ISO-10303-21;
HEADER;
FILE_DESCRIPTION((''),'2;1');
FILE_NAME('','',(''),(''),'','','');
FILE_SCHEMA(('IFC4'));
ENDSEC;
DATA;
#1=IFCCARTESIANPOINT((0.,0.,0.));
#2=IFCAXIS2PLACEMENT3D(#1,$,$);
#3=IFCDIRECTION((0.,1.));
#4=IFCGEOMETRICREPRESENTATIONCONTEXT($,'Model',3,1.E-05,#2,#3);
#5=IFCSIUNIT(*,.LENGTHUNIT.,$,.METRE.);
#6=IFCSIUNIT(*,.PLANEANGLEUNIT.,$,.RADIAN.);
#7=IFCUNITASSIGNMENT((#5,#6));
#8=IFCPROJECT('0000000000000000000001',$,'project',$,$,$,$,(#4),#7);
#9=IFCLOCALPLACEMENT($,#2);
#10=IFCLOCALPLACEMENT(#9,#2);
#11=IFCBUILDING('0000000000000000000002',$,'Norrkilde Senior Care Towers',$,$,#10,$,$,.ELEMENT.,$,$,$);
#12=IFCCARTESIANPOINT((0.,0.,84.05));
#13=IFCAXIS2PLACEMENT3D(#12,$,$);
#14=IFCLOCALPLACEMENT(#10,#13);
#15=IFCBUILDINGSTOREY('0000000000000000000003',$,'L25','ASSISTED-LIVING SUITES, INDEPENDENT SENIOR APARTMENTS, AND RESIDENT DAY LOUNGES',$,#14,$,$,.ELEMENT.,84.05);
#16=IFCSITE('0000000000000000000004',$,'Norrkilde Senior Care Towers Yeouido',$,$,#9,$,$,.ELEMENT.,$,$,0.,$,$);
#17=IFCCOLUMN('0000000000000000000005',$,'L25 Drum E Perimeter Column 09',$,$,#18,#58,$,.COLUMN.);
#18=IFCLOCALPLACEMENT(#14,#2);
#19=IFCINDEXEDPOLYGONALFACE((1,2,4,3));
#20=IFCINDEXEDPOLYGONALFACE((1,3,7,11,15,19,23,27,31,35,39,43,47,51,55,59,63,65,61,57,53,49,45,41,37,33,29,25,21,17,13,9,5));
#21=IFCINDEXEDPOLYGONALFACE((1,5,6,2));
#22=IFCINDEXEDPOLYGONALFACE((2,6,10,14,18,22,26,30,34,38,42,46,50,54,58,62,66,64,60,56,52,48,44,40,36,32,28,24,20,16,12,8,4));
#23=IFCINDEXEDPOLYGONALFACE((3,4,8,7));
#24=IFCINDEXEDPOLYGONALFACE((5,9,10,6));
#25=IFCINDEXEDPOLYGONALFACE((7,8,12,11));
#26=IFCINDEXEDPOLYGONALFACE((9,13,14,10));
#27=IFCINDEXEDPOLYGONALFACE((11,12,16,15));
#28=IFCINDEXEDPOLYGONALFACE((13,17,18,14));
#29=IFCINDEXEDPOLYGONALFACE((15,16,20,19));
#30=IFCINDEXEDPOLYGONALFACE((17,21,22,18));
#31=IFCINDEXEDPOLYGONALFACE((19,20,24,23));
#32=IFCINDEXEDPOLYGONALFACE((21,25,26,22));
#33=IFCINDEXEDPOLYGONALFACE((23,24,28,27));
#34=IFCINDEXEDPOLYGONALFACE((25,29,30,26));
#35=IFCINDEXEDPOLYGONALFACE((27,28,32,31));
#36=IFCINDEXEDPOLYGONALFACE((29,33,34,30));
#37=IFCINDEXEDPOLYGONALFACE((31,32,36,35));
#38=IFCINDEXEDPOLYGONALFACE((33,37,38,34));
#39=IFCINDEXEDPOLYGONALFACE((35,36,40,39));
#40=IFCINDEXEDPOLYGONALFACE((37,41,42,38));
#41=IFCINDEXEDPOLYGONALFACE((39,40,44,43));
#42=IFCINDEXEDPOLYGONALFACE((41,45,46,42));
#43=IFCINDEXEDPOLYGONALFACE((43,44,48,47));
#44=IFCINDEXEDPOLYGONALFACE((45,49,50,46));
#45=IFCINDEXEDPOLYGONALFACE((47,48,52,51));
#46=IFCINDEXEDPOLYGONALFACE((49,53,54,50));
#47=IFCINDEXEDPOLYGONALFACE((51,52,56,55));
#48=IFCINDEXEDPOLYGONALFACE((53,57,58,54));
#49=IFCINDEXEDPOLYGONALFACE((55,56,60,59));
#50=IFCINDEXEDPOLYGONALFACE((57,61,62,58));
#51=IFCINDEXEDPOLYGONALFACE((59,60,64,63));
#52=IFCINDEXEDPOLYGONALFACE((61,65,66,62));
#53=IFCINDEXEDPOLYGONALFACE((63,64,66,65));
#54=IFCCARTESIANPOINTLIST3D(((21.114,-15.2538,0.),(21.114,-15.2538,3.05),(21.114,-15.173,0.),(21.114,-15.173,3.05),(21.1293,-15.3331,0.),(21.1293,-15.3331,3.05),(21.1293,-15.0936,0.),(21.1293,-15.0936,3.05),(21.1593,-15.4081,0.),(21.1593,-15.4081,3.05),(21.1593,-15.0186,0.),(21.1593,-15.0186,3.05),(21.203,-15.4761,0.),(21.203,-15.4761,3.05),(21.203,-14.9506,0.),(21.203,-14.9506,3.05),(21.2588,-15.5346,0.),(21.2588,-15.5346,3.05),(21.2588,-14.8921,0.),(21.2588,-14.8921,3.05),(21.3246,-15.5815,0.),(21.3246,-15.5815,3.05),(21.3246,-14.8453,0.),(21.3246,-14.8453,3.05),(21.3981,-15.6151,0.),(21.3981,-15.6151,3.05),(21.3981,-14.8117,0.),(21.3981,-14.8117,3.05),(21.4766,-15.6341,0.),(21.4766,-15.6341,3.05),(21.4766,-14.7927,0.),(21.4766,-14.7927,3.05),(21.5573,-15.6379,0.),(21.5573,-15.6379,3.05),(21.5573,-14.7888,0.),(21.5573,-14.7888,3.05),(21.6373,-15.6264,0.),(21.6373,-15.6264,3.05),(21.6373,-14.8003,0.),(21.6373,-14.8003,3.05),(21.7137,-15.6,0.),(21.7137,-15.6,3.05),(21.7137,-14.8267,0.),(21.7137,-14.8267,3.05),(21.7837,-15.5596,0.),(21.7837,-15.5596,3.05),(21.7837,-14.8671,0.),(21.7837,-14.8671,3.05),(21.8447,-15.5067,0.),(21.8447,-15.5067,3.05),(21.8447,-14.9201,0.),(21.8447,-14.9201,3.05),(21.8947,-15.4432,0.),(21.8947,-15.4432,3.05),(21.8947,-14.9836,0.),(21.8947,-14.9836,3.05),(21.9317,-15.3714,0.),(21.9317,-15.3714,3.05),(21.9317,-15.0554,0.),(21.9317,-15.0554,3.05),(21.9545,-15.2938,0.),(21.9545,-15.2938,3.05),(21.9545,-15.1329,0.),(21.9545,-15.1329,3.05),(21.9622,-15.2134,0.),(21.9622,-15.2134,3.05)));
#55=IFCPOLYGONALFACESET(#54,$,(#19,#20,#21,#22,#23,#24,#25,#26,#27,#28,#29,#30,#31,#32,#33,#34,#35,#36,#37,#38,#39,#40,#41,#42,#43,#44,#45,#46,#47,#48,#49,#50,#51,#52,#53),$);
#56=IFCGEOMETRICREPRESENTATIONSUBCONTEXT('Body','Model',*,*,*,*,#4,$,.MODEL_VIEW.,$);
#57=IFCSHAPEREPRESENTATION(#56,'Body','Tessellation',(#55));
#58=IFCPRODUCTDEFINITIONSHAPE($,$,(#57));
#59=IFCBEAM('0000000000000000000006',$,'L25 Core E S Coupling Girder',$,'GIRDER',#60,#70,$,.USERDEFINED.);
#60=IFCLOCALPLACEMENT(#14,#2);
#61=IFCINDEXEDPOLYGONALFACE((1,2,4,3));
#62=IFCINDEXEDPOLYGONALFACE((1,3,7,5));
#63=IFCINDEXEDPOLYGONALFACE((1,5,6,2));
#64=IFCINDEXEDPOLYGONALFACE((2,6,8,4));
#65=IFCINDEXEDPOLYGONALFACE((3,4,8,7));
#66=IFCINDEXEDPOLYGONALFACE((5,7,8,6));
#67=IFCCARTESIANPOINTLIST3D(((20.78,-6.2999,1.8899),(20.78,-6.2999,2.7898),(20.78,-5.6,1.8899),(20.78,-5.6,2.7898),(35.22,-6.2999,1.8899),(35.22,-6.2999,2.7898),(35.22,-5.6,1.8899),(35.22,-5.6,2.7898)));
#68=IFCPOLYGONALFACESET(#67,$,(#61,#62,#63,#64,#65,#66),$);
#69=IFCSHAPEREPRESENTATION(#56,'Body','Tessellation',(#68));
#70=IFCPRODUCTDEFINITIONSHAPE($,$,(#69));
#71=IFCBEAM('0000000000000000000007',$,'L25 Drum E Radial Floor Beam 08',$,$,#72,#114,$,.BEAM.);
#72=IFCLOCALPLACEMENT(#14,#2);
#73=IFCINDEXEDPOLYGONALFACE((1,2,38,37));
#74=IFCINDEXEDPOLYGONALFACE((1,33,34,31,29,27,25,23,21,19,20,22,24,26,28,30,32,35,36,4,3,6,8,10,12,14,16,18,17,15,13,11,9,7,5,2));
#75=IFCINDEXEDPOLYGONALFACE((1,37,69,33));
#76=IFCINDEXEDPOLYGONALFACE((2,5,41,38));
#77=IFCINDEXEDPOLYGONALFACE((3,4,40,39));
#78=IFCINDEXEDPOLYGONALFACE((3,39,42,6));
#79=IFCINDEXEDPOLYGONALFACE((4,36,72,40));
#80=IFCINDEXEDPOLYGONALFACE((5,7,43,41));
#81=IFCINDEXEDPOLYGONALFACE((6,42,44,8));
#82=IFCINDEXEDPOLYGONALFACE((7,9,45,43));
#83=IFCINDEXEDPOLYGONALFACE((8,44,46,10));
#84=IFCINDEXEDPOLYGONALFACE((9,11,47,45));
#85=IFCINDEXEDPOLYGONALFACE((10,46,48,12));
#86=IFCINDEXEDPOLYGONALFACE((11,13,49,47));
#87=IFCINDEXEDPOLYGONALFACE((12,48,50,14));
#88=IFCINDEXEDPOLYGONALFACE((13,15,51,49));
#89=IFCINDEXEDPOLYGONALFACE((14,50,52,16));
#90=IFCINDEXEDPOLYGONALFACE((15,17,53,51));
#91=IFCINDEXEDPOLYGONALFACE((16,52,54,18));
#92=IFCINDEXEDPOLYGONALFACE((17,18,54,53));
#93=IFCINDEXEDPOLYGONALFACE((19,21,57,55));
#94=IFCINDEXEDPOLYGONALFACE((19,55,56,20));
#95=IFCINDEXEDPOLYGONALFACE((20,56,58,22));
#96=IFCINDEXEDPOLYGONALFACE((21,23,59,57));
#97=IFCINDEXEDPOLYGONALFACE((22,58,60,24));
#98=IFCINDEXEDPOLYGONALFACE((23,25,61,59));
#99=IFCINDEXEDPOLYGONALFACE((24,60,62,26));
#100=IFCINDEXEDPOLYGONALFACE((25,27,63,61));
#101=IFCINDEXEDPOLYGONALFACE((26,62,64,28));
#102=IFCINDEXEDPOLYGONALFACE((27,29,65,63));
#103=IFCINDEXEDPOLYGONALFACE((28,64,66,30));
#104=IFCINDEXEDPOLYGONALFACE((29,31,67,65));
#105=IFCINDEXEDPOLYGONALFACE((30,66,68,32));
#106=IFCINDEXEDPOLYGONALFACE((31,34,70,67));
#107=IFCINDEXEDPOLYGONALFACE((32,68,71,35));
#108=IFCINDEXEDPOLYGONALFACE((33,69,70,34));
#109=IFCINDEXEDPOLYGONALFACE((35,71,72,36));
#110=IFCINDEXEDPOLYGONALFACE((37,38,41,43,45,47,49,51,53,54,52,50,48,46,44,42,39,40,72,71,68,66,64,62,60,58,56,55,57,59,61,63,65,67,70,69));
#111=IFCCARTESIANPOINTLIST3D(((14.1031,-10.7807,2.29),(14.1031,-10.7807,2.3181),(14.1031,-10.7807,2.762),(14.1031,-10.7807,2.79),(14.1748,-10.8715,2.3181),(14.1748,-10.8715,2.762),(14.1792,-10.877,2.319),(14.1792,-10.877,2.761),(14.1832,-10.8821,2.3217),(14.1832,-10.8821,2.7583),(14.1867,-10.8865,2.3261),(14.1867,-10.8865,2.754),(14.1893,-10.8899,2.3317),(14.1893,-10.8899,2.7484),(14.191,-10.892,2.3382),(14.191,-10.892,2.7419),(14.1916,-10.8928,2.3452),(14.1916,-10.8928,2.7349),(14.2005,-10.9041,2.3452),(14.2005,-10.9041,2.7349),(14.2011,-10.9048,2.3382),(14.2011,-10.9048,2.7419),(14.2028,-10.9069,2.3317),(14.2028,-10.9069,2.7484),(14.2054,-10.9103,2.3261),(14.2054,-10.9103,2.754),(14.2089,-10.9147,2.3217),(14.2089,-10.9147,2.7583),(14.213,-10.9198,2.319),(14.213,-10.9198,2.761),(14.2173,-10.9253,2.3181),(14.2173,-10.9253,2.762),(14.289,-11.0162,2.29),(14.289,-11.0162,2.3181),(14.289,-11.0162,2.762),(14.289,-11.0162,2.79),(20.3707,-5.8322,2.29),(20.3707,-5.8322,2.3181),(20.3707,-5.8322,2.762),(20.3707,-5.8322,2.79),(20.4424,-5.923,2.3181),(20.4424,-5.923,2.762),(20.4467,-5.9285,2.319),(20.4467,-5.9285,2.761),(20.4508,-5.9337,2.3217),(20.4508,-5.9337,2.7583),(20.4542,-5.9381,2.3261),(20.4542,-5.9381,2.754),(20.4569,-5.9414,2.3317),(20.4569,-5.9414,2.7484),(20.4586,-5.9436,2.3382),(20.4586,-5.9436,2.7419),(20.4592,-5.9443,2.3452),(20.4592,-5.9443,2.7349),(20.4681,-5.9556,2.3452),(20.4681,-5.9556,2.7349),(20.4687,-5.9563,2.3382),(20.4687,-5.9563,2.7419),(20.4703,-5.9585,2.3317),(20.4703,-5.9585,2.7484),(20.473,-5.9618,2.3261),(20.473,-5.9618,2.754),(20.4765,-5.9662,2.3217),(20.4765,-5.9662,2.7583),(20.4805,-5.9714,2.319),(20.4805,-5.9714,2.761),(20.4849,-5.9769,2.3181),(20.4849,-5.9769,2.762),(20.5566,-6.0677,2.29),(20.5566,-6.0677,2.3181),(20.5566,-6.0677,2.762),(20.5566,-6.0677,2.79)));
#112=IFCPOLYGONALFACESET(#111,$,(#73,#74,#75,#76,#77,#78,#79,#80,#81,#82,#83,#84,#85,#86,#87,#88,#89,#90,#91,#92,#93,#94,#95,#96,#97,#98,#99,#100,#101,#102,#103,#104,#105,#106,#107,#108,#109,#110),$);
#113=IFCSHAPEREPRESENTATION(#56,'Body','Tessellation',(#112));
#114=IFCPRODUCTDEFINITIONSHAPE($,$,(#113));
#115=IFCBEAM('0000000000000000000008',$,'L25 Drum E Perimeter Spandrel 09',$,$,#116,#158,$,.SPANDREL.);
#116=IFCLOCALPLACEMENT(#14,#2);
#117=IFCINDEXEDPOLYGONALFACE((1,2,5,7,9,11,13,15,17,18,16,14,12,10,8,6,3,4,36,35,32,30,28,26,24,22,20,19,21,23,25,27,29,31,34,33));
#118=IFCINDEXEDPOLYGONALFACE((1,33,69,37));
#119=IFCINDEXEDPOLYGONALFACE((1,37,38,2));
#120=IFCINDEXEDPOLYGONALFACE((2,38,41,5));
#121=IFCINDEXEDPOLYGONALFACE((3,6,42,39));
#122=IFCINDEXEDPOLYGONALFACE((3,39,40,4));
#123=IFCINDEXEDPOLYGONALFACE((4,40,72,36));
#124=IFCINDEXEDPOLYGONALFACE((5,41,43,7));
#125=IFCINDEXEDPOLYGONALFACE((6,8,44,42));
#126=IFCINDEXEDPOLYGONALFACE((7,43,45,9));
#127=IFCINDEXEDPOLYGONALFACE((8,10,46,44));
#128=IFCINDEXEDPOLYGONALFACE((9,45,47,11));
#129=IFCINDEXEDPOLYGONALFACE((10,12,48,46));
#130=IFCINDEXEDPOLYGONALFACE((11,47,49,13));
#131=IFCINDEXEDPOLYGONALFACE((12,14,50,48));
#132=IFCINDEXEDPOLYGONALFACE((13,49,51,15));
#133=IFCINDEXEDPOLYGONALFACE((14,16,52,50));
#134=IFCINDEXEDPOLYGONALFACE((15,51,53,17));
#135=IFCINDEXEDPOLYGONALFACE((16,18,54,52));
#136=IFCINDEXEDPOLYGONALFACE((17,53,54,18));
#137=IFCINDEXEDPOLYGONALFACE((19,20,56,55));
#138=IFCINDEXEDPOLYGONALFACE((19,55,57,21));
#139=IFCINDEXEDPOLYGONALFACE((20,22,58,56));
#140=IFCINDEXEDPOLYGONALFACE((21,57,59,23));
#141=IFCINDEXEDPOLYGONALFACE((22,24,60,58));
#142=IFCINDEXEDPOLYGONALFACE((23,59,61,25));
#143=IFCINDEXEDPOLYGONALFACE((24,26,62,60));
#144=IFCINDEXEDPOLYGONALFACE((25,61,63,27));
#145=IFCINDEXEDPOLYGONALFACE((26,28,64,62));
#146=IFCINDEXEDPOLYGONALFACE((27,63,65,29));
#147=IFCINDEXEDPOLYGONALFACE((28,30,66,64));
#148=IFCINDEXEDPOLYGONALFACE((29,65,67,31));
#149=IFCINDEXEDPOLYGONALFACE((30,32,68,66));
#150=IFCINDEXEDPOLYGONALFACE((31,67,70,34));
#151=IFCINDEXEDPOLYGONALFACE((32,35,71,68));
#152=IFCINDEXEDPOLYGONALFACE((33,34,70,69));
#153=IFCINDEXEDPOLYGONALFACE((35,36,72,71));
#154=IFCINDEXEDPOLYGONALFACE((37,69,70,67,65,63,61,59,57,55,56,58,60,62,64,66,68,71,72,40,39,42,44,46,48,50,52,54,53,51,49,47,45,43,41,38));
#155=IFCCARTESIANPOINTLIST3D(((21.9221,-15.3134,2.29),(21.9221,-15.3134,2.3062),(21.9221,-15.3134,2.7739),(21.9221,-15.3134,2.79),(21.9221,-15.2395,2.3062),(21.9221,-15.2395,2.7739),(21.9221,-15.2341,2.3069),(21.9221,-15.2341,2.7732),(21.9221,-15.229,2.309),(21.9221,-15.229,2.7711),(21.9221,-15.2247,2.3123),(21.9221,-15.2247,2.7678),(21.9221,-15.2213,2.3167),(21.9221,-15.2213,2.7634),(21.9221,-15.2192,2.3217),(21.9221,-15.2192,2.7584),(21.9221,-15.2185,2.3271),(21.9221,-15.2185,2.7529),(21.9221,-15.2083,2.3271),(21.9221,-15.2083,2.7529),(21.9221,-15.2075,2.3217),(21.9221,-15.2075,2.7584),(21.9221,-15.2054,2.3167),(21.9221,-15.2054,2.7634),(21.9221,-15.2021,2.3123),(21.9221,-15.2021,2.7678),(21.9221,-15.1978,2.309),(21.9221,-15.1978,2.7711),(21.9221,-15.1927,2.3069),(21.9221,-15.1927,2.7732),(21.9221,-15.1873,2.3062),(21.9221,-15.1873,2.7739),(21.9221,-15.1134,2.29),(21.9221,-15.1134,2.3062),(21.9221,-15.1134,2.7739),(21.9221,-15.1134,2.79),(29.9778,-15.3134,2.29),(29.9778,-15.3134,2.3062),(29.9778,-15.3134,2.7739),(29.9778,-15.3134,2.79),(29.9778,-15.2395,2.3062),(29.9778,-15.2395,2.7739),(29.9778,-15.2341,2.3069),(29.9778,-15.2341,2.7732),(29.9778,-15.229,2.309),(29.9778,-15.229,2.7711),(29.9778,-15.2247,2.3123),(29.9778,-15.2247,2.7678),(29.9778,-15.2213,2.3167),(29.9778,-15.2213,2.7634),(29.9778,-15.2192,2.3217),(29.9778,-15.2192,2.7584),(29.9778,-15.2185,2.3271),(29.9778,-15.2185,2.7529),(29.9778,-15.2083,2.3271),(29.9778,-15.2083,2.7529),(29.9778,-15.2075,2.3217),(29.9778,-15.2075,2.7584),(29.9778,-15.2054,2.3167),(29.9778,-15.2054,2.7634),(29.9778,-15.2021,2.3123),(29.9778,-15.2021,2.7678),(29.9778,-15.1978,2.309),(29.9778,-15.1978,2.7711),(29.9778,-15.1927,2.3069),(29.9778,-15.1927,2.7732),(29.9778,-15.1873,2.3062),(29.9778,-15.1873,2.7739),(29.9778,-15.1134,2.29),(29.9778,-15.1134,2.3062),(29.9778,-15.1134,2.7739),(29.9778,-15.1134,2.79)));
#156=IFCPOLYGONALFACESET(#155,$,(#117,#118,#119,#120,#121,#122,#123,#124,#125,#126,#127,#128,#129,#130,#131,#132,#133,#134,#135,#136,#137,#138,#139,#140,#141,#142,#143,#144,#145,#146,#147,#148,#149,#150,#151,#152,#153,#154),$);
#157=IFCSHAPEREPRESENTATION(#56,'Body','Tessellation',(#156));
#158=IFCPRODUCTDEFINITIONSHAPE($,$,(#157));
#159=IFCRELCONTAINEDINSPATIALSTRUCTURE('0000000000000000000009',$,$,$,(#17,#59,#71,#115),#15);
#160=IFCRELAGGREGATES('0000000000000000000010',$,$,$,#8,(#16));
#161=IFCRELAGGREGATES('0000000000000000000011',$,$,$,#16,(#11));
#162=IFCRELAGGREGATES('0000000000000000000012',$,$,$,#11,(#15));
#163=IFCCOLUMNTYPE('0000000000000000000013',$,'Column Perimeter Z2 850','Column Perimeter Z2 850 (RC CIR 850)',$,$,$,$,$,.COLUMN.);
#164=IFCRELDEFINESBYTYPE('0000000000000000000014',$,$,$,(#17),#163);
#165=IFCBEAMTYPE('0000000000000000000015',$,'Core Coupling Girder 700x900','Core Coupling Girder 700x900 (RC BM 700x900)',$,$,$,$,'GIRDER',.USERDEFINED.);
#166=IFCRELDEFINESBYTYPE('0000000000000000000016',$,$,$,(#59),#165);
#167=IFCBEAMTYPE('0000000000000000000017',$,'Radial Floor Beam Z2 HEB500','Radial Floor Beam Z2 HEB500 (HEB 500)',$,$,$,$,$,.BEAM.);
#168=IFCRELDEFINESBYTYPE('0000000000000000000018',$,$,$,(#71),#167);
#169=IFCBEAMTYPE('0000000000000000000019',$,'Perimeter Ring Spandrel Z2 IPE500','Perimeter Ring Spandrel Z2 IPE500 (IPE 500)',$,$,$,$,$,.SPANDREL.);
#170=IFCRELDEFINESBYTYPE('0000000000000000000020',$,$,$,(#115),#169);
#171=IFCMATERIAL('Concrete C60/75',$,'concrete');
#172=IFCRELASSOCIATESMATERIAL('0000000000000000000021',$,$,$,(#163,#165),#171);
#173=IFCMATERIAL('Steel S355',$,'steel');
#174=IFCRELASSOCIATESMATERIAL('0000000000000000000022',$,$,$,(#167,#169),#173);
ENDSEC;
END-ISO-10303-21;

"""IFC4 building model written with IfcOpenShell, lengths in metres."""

from ifc_helpers import new_model, si_unit, direction, frame, origin, origin_2d, place, context, subcontext, project, spatial, rectangle, circle, i_section, extrude, source, transform, mapped, material, material_profile, profile_set, type_object, type_shapes, element, save


model = new_model("IFC4")

# Units and contexts
model_context = context("Model", 3, precision=1e-05, world=origin(), true_north=direction((0.0, 1.0)))
body_context = subcontext(model_context, "Body", "Model", "MODEL_VIEW")
ifc_project = project(units=[si_unit("LENGTHUNIT", "METRE"), si_unit("PLANEANGLEUNIT", "RADIAN")], contexts=[model_context])

# Site, building, storey
site_placement = place(None, origin())
site = spatial("IfcSite", under=ifc_project, at=site_placement, Name="Norrkilde Senior Care Towers Yeouido", CompositionType="ELEMENT", RefElevation=0.0)
building_placement = place(site_placement, origin())
building = spatial("IfcBuilding", under=site, at=building_placement, Name="Norrkilde Senior Care Towers", CompositionType="ELEMENT")
storey_placement = place(building_placement, frame((0.0, 0.0, 84.05)))
storey = spatial("IfcBuildingStorey", under=building, at=storey_placement, Name="L25", Description="ASSISTED-LIVING SUITES, INDEPENDENT SENIOR APARTMENTS, AND RESIDENT DAY LOUNGES", CompositionType="ELEMENT", Elevation=84.05)

# Column
ifc_material_1 = material(Name="Concrete C60/75", Category="concrete")
ifc_material_profile_1 = material_profile(ifc_material_1, circle(Radius=0.425, at=origin_2d()), Name="RC CIR 850")
ifc_profile_set_1 = profile_set([ifc_material_profile_1], Name="Concrete C60/75")
column_type = type_object("IfcColumnType", Name="Column Perimeter Z2 850", Description="Column Perimeter Z2 850 (RC CIR 850)", PredefinedType="COLUMN", material=ifc_profile_set_1)
shared_shape_1 = source(origin(), body_context, "Body", "SweptSolid", [
    extrude(circle(Radius=0.425, at=origin_2d()), origin(), (0.0, 0.0, 1.0), 3.05),
])
type_shapes(column_type, [shared_shape_1])
column_placement = place(storey_placement, frame((21.5371, -15.2134, 0.0), z_axis=(0.0, 0.0, 1.0), x_axis=(1.0, 0.0, 0.0)))
element("IfcColumn", 1, at=column_placement, inside=storey, type_object=column_type, Name="L25 Drum E Perimeter Column 09", PredefinedType="COLUMN", context=body_context, shape_type="MappedRepresentation", body=[
    mapped(shared_shape_1, transform((0.0, 0.0, 0.0), x_axis=(1.0, 0.0, 0.0), y_axis=(0.0, 1.0, 0.0), z_axis=(0.0, 0.0, 1.0), scale=1.0)),
])

# Beams
ifc_material_profile_2 = material_profile(ifc_material_1, rectangle(XDim=0.7, YDim=0.8999, at=origin_2d()), Name="RC BM 700x900")
ifc_profile_set_2 = profile_set([ifc_material_profile_2], Name="Concrete C60/75")
beam_type_1 = type_object("IfcBeamType", Name="Core Coupling Girder 700x900", Description="Core Coupling Girder 700x900 (RC BM 700x900)", ElementType="GIRDER", PredefinedType="USERDEFINED", material=ifc_profile_set_2)
shared_shape_2 = source(origin(), body_context, "Body", "SweptSolid", [
    extrude(rectangle(XDim=0.7, YDim=0.8999, at=origin_2d()), origin(), (0.0, 0.0, 1.0), 14.4399),
])
type_shapes(beam_type_1, [shared_shape_2])
beam_1_placement = place(storey_placement, frame((20.78, -5.95, 2.3398), z_axis=(1.0, 0.0, 0.0), x_axis=(0.0, 1.0, 0.0)))
element("IfcBeam", 2, at=beam_1_placement, inside=storey, type_object=beam_type_1, Name="L25 Core E S Coupling Girder", ObjectType="GIRDER", PredefinedType="USERDEFINED", context=body_context, shape_type="MappedRepresentation", body=[
    mapped(shared_shape_2, transform((0.0, 0.0, 0.0), x_axis=(1.0, 0.0, 0.0), y_axis=(0.0, 1.0, 0.0), z_axis=(0.0, 0.0, 1.0), scale=1.0)),
])
ifc_material_2 = material(Name="Steel S355", Category="steel")
ifc_material_profile_3 = material_profile(ifc_material_2, i_section(OverallWidth=0.3, OverallDepth=0.5, WebThickness=0.0144, FlangeThickness=0.0281, FilletRadius=0.0271, at=origin_2d()), Name="HEB 500")
ifc_profile_set_3 = profile_set([ifc_material_profile_3], Name="Steel S355")
beam_type_2 = type_object("IfcBeamType", Name="Radial Floor Beam Z2 HEB500", Description="Radial Floor Beam Z2 HEB500 (HEB 500)", PredefinedType="BEAM", material=ifc_profile_set_3)
shared_shape_3 = source(origin(), body_context, "Body", "SweptSolid", [
    extrude(i_section(OverallWidth=0.3, OverallDepth=0.5, WebThickness=0.0144, FlangeThickness=0.0281, FilletRadius=0.0271, at=origin_2d()), origin(), (0.0, 0.0, 1.0), 7.9856),
])
beam_2_placement = place(storey_placement, frame((20.4636, -5.95, 2.54), z_axis=(-0.784859, -0.619675, 0.0), x_axis=(0.619675, -0.784859, 0.0)))
element("IfcBeam", 3, at=beam_2_placement, inside=storey, type_object=beam_type_2, Name="L25 Drum E Radial Floor Beam 08", PredefinedType="BEAM", context=body_context, shape_type="MappedRepresentation", body=[
    mapped(shared_shape_3, transform((0.0, 0.0, 0.0), x_axis=(1.0, 0.0, 0.0), y_axis=(0.0, 1.0, 0.0), z_axis=(0.0, 0.0, 1.0), scale=1.0)),
])
ifc_material_profile_4 = material_profile(ifc_material_2, i_section(OverallWidth=0.2, OverallDepth=0.5, WebThickness=0.0103, FlangeThickness=0.0161, FilletRadius=0.021, at=origin_2d()), Name="IPE 500")
ifc_profile_set_4 = profile_set([ifc_material_profile_4], Name="Steel S355")
beam_type_3 = type_object("IfcBeamType", Name="Perimeter Ring Spandrel Z2 IPE500", Description="Perimeter Ring Spandrel Z2 IPE500 (IPE 500)", PredefinedType="SPANDREL", material=ifc_profile_set_4)
shared_shape_4 = source(origin(), body_context, "Body", "SweptSolid", [
    extrude(i_section(OverallWidth=0.2, OverallDepth=0.5, WebThickness=0.0103, FlangeThickness=0.0161, FilletRadius=0.021, at=origin_2d()), origin(), (0.0, 0.0, 1.0), 8.0557),
])
type_shapes(beam_type_3, [shared_shape_4])
beam_3_placement = place(storey_placement, frame((21.9221, -15.2134, 2.54), z_axis=(1.0, 0.0, 0.0), x_axis=(0.0, 1.0, 0.0)))
element("IfcBeam", 4, at=beam_3_placement, inside=storey, type_object=beam_type_3, Name="L25 Drum E Perimeter Spandrel 09", PredefinedType="SPANDREL", context=body_context, shape_type="MappedRepresentation", body=[
    mapped(shared_shape_4, transform((0.0, 0.0, 0.0), x_axis=(1.0, 0.0, 0.0), y_axis=(0.0, 1.0, 0.0), z_axis=(0.0, 0.0, 1.0), scale=1.0)),
])

save(model, "model.ifc")
